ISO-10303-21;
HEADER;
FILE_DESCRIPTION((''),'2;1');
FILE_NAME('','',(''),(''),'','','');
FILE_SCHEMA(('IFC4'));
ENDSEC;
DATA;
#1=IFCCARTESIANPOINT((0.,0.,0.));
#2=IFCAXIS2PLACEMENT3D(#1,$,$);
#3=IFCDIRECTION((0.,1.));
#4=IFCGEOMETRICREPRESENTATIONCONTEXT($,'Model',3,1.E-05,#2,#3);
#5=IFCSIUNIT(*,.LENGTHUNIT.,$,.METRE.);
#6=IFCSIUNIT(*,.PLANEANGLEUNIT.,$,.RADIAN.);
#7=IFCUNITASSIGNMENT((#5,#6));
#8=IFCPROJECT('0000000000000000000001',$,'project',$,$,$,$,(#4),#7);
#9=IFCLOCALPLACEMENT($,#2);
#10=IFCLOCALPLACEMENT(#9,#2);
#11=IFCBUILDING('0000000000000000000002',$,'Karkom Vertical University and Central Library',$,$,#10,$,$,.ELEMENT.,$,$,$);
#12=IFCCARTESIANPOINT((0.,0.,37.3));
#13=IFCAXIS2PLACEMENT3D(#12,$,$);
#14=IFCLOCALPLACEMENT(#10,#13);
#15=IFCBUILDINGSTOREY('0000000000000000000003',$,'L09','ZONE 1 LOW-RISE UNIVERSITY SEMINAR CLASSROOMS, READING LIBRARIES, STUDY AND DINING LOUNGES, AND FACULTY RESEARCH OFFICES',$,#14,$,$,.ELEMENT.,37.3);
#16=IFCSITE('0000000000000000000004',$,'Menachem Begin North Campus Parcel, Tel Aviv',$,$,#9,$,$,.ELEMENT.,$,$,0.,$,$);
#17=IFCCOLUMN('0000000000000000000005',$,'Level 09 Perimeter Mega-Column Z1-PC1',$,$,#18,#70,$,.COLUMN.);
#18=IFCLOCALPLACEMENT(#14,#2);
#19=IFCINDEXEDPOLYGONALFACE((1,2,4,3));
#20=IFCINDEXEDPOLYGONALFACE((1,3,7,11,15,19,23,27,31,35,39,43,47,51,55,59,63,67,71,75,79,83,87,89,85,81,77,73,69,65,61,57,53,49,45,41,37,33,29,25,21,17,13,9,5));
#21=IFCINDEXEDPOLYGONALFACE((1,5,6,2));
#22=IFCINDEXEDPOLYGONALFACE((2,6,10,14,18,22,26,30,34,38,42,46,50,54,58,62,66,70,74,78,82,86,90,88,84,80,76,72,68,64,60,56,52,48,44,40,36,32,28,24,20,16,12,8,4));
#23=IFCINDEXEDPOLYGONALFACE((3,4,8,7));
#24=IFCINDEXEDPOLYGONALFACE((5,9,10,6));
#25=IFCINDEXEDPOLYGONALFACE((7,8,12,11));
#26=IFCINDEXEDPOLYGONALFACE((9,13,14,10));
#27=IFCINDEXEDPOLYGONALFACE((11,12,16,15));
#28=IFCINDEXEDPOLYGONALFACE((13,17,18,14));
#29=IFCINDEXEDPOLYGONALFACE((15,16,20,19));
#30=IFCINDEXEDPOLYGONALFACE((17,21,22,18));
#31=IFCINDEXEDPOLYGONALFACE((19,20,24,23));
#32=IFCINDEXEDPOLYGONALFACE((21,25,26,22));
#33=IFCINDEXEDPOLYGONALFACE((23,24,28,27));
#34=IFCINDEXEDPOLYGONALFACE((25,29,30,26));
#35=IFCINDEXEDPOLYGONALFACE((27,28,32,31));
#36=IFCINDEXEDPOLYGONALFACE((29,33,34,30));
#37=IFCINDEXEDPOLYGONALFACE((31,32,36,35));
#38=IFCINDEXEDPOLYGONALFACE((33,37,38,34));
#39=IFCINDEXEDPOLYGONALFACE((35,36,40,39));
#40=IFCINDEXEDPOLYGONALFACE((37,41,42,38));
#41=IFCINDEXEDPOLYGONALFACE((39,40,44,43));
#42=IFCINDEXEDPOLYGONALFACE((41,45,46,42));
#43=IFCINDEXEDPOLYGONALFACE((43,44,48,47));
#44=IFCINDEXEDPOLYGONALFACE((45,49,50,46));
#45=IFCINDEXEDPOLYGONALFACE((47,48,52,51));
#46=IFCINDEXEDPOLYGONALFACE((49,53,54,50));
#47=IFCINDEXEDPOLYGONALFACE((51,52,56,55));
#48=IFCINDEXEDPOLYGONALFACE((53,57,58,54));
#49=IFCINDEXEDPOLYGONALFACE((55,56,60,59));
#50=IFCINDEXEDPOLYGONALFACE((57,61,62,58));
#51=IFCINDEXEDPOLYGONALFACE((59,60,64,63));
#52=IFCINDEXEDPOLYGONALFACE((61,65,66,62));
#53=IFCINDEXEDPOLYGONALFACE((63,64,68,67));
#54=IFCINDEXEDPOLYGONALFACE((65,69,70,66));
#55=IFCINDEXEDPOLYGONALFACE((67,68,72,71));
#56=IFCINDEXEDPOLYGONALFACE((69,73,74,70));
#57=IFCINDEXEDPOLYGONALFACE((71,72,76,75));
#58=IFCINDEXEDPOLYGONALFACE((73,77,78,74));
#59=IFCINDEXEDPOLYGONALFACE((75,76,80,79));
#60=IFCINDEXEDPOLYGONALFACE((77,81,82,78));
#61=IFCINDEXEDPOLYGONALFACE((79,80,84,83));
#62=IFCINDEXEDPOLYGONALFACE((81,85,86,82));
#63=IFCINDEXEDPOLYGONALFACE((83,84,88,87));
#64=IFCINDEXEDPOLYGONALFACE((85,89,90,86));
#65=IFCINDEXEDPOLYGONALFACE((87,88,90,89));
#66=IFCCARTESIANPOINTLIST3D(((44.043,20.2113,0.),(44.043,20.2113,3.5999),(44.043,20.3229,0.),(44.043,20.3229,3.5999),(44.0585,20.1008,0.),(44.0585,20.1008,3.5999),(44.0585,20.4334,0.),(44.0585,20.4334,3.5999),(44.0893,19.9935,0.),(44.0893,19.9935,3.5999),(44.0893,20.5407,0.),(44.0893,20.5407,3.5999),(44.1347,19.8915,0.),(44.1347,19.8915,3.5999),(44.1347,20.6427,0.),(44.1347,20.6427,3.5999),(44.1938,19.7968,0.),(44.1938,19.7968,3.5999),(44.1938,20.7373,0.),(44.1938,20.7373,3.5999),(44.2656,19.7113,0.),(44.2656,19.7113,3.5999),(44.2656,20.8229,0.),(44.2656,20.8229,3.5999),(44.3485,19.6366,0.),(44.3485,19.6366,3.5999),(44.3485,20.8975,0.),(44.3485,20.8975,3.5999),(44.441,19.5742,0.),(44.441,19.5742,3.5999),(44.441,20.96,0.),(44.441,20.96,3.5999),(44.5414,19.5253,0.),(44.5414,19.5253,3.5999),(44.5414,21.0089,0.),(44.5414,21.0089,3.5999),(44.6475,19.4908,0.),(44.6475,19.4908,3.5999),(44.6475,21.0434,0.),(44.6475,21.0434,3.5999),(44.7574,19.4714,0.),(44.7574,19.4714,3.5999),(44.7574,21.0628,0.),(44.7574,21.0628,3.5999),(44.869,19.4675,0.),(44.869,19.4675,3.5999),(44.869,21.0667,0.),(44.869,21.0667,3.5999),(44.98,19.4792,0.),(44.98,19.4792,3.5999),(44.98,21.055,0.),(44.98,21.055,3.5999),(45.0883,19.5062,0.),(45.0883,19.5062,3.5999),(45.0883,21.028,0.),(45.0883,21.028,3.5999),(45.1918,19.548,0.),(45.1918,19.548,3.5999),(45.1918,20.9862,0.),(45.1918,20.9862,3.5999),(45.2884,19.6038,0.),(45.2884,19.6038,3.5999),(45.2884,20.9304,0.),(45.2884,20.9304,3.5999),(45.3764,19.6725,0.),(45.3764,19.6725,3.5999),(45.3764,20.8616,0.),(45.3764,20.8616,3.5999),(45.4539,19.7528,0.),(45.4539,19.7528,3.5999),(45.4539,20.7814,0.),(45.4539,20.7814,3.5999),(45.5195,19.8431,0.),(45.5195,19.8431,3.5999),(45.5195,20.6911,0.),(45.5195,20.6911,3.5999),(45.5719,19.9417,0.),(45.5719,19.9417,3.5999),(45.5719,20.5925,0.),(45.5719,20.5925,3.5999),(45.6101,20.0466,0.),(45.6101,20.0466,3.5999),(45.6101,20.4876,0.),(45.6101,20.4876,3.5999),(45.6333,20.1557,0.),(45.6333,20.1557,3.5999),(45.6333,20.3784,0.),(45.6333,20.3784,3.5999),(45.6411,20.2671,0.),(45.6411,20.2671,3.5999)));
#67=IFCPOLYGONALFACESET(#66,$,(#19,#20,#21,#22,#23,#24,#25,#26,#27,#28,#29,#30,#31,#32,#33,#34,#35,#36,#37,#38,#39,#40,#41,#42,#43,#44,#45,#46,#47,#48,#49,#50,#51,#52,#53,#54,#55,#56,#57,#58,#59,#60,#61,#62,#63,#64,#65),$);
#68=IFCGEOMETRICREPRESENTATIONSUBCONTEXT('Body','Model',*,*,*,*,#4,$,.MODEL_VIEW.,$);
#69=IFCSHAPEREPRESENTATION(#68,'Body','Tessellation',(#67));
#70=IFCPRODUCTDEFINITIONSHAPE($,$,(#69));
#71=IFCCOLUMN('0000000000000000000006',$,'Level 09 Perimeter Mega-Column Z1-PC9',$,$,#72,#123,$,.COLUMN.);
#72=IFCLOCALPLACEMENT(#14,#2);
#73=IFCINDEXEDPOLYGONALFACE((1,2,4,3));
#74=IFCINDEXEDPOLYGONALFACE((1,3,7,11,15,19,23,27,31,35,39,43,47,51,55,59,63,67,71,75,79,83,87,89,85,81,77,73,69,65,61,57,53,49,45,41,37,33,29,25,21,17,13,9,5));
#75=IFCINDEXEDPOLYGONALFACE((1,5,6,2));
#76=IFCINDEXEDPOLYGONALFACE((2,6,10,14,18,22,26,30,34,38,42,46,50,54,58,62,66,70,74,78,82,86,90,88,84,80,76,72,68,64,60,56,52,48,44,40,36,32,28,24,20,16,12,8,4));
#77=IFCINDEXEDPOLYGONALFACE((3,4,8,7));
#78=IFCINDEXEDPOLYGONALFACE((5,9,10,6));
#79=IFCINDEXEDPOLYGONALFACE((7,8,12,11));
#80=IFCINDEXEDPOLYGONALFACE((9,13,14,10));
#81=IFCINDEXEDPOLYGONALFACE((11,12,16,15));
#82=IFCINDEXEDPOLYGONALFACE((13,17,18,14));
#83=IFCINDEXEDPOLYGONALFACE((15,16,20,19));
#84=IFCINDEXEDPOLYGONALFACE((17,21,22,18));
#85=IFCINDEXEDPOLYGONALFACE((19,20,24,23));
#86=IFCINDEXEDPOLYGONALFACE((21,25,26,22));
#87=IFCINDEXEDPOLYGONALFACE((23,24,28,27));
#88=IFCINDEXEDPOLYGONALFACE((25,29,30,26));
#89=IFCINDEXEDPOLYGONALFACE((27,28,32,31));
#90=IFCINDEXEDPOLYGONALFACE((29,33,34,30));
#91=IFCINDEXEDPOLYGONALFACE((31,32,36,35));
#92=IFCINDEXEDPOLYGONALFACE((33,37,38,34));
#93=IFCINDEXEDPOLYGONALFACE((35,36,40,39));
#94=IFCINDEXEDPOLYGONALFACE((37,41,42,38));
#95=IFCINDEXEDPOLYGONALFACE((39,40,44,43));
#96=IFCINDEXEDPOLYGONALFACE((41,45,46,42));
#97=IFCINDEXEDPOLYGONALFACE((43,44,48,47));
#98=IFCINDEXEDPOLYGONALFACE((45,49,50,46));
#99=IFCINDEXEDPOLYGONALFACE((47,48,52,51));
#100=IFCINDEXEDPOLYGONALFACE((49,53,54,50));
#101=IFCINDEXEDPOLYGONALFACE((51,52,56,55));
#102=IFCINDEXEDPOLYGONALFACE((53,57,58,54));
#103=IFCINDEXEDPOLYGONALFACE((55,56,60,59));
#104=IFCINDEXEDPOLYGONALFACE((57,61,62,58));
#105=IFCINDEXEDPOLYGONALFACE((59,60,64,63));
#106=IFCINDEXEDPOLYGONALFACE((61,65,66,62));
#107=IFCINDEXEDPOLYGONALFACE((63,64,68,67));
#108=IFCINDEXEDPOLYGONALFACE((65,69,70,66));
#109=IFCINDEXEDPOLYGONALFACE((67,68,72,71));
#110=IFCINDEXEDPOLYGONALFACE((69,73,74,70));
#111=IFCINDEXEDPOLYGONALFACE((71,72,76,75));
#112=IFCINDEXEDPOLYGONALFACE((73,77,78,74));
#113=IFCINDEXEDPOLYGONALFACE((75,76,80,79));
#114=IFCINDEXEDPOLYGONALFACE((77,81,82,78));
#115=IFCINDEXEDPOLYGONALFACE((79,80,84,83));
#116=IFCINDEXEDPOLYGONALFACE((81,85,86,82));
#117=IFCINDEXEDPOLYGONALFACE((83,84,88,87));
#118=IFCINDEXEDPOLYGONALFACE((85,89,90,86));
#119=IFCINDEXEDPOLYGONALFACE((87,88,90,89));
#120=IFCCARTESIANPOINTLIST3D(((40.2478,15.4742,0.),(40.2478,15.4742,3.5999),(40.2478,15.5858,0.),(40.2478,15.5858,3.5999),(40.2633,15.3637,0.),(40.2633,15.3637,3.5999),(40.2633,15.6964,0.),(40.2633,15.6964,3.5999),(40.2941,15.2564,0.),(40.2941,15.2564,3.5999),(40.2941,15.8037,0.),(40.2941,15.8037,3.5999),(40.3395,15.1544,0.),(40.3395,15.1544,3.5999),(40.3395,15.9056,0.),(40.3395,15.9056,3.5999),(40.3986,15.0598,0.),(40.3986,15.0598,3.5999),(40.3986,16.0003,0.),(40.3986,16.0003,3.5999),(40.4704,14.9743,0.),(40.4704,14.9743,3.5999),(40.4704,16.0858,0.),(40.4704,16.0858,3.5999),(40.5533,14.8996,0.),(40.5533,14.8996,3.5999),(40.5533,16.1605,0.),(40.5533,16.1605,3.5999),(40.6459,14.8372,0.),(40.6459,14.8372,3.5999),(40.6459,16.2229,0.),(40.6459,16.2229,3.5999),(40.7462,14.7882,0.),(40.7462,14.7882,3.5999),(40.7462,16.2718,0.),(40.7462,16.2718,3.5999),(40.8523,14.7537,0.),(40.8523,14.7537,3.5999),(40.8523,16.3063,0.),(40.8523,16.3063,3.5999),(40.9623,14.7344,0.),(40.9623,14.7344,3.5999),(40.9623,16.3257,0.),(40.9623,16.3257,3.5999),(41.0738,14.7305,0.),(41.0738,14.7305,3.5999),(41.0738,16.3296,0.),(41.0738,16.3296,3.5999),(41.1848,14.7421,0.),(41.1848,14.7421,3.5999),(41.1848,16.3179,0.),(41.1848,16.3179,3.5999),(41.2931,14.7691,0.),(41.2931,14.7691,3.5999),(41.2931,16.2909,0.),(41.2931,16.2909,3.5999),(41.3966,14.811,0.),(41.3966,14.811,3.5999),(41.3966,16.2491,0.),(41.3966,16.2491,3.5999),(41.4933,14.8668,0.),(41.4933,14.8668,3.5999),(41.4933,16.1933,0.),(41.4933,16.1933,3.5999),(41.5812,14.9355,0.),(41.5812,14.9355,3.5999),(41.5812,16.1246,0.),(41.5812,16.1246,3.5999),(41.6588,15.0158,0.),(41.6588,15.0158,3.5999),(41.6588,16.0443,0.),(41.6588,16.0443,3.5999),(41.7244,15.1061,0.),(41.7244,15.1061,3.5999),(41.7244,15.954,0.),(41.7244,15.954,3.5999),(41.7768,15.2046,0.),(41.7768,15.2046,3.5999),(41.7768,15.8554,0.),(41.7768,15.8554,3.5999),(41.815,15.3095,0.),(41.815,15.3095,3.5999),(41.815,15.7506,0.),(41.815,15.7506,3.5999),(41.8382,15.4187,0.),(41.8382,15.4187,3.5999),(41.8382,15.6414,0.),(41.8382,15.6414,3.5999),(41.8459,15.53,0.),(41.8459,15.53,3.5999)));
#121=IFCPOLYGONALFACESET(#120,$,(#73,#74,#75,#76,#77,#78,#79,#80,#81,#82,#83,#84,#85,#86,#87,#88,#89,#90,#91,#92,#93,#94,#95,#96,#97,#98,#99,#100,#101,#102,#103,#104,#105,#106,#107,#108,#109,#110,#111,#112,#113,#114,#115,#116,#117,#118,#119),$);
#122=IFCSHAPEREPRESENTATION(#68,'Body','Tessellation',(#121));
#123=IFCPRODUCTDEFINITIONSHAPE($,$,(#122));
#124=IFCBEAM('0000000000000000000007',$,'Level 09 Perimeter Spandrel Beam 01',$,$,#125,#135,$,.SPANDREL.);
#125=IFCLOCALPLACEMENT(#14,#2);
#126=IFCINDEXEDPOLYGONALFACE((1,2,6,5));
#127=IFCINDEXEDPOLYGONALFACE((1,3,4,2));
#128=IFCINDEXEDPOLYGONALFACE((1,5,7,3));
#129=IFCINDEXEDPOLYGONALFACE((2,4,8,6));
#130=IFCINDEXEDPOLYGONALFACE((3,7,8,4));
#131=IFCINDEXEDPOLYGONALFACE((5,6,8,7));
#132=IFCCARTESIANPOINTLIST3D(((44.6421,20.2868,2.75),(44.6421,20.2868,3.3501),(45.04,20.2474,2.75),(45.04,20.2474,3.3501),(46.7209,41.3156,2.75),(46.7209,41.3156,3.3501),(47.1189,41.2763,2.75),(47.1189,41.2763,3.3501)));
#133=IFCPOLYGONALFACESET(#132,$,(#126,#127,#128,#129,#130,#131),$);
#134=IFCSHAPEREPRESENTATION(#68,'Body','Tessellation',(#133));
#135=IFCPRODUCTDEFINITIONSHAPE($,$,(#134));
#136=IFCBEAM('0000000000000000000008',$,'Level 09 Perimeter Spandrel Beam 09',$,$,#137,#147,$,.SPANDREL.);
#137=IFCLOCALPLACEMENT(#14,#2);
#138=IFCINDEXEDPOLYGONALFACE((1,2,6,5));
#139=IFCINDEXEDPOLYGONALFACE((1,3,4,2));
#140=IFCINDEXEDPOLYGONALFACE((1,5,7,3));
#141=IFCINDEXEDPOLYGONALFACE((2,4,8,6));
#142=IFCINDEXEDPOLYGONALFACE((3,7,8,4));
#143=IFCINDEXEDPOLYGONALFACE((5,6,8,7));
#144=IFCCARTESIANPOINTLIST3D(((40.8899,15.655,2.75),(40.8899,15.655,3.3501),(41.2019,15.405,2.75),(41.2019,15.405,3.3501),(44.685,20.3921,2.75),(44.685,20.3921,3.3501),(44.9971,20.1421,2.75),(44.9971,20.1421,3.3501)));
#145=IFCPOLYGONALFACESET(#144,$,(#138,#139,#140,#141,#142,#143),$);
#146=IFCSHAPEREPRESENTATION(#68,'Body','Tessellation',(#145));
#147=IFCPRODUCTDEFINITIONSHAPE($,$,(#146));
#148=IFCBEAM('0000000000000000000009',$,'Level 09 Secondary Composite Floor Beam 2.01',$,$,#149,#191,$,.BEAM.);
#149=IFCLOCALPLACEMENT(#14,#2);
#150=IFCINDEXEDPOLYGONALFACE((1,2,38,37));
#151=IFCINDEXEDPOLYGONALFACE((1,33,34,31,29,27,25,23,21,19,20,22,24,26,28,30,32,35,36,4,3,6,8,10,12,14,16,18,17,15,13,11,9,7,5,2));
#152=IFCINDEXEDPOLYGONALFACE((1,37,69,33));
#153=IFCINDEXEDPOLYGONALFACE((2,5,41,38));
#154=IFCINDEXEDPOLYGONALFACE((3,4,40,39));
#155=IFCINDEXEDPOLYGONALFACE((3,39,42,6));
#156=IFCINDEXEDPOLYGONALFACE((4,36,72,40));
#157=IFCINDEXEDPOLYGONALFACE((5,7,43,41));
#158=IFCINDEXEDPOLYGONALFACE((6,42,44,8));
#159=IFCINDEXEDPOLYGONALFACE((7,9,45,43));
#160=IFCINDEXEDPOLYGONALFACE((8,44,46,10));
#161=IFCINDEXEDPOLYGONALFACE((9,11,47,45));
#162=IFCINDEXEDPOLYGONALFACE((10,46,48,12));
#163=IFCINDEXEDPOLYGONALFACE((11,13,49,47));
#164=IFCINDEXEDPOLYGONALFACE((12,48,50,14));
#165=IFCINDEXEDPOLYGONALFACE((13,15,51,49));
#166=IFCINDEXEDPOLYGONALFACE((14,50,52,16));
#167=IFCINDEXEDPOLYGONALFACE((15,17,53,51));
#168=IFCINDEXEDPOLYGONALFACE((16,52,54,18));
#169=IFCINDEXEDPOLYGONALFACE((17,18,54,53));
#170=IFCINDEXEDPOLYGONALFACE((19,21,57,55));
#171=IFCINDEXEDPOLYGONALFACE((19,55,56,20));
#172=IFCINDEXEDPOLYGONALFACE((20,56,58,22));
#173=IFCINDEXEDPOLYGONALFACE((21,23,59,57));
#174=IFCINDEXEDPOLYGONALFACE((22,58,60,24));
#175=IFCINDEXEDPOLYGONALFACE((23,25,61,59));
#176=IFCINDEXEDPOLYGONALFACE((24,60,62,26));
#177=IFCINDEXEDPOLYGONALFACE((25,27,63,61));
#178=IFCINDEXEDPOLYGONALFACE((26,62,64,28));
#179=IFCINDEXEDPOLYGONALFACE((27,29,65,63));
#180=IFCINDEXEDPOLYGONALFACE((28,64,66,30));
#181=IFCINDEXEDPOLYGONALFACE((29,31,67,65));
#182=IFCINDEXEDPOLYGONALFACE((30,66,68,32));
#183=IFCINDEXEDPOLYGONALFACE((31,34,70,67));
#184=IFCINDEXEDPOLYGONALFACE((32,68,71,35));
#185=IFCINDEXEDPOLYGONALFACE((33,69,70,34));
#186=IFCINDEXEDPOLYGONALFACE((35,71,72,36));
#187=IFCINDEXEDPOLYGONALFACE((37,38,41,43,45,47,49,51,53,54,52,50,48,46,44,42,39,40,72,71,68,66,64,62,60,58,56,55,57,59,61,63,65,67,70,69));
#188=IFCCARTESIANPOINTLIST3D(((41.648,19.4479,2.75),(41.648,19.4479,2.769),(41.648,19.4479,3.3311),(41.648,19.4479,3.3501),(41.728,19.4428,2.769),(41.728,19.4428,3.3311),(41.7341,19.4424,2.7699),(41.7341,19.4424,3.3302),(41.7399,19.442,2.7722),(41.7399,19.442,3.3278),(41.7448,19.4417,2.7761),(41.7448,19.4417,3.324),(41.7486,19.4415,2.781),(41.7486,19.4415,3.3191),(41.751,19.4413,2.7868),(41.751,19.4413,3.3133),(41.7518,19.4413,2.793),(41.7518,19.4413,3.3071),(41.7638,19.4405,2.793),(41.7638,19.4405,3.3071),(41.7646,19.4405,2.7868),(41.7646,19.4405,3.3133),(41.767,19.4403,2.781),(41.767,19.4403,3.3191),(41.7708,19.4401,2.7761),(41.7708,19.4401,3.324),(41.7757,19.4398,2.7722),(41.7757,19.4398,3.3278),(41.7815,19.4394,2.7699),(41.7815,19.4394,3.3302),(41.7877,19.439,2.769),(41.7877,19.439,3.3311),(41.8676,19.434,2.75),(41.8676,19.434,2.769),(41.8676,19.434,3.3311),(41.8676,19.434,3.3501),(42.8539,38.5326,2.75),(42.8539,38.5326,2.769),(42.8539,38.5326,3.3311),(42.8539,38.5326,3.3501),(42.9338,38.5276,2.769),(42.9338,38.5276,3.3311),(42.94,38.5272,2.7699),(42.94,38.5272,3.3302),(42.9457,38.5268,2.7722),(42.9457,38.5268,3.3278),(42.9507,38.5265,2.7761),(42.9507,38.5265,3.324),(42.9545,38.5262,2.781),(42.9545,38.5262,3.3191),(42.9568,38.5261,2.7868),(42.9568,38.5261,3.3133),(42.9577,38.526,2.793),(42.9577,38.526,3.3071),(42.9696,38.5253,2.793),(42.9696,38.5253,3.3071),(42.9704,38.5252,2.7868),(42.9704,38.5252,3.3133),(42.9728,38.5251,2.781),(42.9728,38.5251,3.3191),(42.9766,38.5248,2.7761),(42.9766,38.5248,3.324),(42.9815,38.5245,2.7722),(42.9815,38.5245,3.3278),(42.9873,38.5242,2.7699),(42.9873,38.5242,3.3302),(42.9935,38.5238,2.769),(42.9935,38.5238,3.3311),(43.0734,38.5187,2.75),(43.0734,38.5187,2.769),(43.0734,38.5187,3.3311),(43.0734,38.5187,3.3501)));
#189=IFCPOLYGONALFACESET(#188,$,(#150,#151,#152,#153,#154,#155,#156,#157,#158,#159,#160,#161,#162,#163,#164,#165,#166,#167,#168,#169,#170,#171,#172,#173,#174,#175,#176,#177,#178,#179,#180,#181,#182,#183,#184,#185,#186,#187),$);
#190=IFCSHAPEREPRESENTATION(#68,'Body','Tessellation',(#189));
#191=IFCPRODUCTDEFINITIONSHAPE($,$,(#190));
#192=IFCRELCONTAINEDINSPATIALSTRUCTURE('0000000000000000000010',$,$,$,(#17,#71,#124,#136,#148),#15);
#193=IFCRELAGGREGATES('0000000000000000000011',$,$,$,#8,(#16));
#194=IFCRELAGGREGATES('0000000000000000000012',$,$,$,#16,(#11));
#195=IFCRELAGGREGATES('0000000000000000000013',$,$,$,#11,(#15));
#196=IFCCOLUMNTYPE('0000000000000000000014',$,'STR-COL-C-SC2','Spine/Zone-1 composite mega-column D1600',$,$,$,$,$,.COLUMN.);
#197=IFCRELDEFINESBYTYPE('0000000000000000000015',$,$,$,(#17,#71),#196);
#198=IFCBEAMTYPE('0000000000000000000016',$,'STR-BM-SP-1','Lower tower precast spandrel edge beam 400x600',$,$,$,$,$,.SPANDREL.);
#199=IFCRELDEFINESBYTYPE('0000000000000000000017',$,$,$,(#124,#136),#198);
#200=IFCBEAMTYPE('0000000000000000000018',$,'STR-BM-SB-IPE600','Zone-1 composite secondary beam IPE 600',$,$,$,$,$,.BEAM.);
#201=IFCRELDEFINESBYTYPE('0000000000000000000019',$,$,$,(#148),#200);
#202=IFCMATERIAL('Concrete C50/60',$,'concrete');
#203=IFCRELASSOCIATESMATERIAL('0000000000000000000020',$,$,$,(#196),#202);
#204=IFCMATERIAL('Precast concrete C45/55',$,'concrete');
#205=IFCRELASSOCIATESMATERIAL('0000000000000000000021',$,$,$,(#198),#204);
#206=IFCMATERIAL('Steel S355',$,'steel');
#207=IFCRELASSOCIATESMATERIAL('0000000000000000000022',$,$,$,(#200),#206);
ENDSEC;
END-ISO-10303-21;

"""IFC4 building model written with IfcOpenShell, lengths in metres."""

from ifc_helpers import new_model, si_unit, direction, frame, origin, origin_with_axes, origin_2d, place, context, subcontext, project, spatial, rectangle, circle, i_section, extrude, source, transform, mapped, material, material_profile, profile_set, type_object, element, save


model = new_model("IFC4")

# Units and contexts
model_context = context("Model", 3, precision=1e-05, world=origin(), true_north=direction((0.0, 1.0)))
body_context = subcontext(model_context, "Body", "Model", "MODEL_VIEW")
ifc_project = project(units=[si_unit("LENGTHUNIT", "METRE"), si_unit("PLANEANGLEUNIT", "RADIAN")], contexts=[model_context])

# Site, building, storey
site_placement = place(None, origin())
site = spatial("IfcSite", under=ifc_project, at=site_placement, Name="Menachem Begin North Campus Parcel, Tel Aviv", CompositionType="ELEMENT", RefElevation=0.0)
building_placement = place(site_placement, origin())
building = spatial("IfcBuilding", under=site, at=building_placement, Name="Karkom Vertical University and Central Library", CompositionType="ELEMENT")
storey_placement = place(building_placement, frame((0.0, 0.0, 37.3)))
storey = spatial("IfcBuildingStorey", under=building, at=storey_placement, Name="L09", Description="ZONE 1 LOW-RISE UNIVERSITY SEMINAR CLASSROOMS, READING LIBRARIES, STUDY AND DINING LOUNGES, AND FACULTY RESEARCH OFFICES", CompositionType="ELEMENT", Elevation=37.3)

# Columns
ifc_material_1 = material(Name="Concrete C50/60", Category="concrete")
ifc_material_profile_1 = material_profile(ifc_material_1, circle(Radius=0.8, at=origin_2d()), Name="CFT-D1600")
ifc_profile_set_1 = profile_set([ifc_material_profile_1], Name="Concrete C50/60")
column_type = type_object("IfcColumnType", Name="STR-COL-C-SC2", Description="Spine/Zone-1 composite mega-column D1600", PredefinedType="COLUMN", material=ifc_profile_set_1)
shared_shape_1 = source(origin_with_axes(), body_context, "Body", "SweptSolid", [
    extrude(circle(Radius=0.8, at=origin_2d()), origin(), (0.0, 0.0, 1.0), 3.5999),
])
for number, where, z_axis, x_axis, name in (
    (1, (44.8411, 20.2671, 0.0), (0.0, 0.0, 1.0), (1.0, 0.0, 0.0), "Level 09 Perimeter Mega-Column Z1-PC1"),
    (2, (41.0459, 15.53, 0.0), (0.0, 0.0, 1.0), (1.0, 0.0, 0.0), "Level 09 Perimeter Mega-Column Z1-PC9"),
):
    element("IfcColumn", number, at=place(storey_placement, frame(where, z_axis=z_axis, x_axis=x_axis)), inside=storey, type_object=column_type, Name=name, PredefinedType="COLUMN", context=body_context, shape_type="MappedRepresentation", body=[
        mapped(shared_shape_1, transform((0.0, 0.0, 0.0), scale=1.0)),
    ])

# Beams
ifc_material_2 = material(Name="Precast concrete C45/55", Category="concrete")
ifc_material_profile_2 = material_profile(ifc_material_2, rectangle(XDim=0.3999, YDim=0.6001, at=origin_2d()), Name="SPB-400x600")
ifc_profile_set_2 = profile_set([ifc_material_profile_2], Name="Precast concrete C45/55")
beam_type_1 = type_object("IfcBeamType", Name="STR-BM-SP-1", Description="Lower tower precast spandrel edge beam 400x600", PredefinedType="SPANDREL", material=ifc_profile_set_2)
shared_shape_2 = source(origin_with_axes(), body_context, "Body", "SweptSolid", [
    extrude(rectangle(XDim=0.3999, YDim=0.6001, at=origin_2d()), origin(), (0.0, 0.0, 1.0), 21.1313),
])
beam_1_placement = place(storey_placement, frame((44.8411, 20.2671, 3.05), z_axis=(0.098378, 0.995149, 0.0), x_axis=(-0.995149, 0.098378, 0.0)))
element("IfcBeam", 3, at=beam_1_placement, inside=storey, type_object=beam_type_1, Name="Level 09 Perimeter Spandrel Beam 01", PredefinedType="SPANDREL", context=body_context, shape_type="MappedRepresentation", body=[
    mapped(shared_shape_2, transform((0.0, 0.0, 0.0), scale=1.0)),
])
shared_shape_3 = source(origin_with_axes(), body_context, "Body", "SweptSolid", [
    extrude(rectangle(XDim=0.3999, YDim=0.6001, at=origin_2d()), origin(), (0.0, 0.0, 1.0), 6.0698),
])
beam_2_placement = place(storey_placement, frame((41.0459, 15.53, 3.05), z_axis=(0.625249, 0.780425, 0.0), x_axis=(-0.780425, 0.625249, 0.0)))
element("IfcBeam", 4, at=beam_2_placement, inside=storey, type_object=beam_type_1, Name="Level 09 Perimeter Spandrel Beam 09", PredefinedType="SPANDREL", context=body_context, shape_type="MappedRepresentation", body=[
    mapped(shared_shape_3, transform((0.0, 0.0, 0.0), scale=1.0)),
])
ifc_material_3 = material(Name="Steel S355", Category="steel")
ifc_material_profile_3 = material_profile(ifc_material_3, i_section(OverallWidth=0.22, OverallDepth=0.6001, WebThickness=0.012, FlangeThickness=0.019, FilletRadius=0.0239, at=origin_2d()), Name="IPE 600")
ifc_profile_set_3 = profile_set([ifc_material_profile_3], Name="Steel S355")
beam_type_2 = type_object("IfcBeamType", Name="STR-BM-SB-IPE600", Description="Zone-1 composite secondary beam IPE 600", PredefinedType="BEAM", material=ifc_profile_set_3)
shared_shape_4 = source(origin_with_axes(), body_context, "Body", "SweptSolid", [
    extrude(i_section(OverallWidth=0.22, OverallDepth=0.6001, WebThickness=0.012, FlangeThickness=0.019, FilletRadius=0.0239, at=origin_2d()), origin(), (0.0, 0.0, 1.0), 19.1228),
])
beam_3_placement = place(storey_placement, frame((41.7578, 19.4409, 3.05), z_axis=(0.063056, 0.99801, 0.0), x_axis=(-0.99801, 0.063056, 0.0)))
element("IfcBeam", 5, at=beam_3_placement, inside=storey, type_object=beam_type_2, Name="Level 09 Secondary Composite Floor Beam 2.01", PredefinedType="BEAM", context=body_context, shape_type="MappedRepresentation", body=[
    mapped(shared_shape_4, transform((0.0, 0.0, 0.0), scale=1.0)),
])

save(model, "model.ifc")
